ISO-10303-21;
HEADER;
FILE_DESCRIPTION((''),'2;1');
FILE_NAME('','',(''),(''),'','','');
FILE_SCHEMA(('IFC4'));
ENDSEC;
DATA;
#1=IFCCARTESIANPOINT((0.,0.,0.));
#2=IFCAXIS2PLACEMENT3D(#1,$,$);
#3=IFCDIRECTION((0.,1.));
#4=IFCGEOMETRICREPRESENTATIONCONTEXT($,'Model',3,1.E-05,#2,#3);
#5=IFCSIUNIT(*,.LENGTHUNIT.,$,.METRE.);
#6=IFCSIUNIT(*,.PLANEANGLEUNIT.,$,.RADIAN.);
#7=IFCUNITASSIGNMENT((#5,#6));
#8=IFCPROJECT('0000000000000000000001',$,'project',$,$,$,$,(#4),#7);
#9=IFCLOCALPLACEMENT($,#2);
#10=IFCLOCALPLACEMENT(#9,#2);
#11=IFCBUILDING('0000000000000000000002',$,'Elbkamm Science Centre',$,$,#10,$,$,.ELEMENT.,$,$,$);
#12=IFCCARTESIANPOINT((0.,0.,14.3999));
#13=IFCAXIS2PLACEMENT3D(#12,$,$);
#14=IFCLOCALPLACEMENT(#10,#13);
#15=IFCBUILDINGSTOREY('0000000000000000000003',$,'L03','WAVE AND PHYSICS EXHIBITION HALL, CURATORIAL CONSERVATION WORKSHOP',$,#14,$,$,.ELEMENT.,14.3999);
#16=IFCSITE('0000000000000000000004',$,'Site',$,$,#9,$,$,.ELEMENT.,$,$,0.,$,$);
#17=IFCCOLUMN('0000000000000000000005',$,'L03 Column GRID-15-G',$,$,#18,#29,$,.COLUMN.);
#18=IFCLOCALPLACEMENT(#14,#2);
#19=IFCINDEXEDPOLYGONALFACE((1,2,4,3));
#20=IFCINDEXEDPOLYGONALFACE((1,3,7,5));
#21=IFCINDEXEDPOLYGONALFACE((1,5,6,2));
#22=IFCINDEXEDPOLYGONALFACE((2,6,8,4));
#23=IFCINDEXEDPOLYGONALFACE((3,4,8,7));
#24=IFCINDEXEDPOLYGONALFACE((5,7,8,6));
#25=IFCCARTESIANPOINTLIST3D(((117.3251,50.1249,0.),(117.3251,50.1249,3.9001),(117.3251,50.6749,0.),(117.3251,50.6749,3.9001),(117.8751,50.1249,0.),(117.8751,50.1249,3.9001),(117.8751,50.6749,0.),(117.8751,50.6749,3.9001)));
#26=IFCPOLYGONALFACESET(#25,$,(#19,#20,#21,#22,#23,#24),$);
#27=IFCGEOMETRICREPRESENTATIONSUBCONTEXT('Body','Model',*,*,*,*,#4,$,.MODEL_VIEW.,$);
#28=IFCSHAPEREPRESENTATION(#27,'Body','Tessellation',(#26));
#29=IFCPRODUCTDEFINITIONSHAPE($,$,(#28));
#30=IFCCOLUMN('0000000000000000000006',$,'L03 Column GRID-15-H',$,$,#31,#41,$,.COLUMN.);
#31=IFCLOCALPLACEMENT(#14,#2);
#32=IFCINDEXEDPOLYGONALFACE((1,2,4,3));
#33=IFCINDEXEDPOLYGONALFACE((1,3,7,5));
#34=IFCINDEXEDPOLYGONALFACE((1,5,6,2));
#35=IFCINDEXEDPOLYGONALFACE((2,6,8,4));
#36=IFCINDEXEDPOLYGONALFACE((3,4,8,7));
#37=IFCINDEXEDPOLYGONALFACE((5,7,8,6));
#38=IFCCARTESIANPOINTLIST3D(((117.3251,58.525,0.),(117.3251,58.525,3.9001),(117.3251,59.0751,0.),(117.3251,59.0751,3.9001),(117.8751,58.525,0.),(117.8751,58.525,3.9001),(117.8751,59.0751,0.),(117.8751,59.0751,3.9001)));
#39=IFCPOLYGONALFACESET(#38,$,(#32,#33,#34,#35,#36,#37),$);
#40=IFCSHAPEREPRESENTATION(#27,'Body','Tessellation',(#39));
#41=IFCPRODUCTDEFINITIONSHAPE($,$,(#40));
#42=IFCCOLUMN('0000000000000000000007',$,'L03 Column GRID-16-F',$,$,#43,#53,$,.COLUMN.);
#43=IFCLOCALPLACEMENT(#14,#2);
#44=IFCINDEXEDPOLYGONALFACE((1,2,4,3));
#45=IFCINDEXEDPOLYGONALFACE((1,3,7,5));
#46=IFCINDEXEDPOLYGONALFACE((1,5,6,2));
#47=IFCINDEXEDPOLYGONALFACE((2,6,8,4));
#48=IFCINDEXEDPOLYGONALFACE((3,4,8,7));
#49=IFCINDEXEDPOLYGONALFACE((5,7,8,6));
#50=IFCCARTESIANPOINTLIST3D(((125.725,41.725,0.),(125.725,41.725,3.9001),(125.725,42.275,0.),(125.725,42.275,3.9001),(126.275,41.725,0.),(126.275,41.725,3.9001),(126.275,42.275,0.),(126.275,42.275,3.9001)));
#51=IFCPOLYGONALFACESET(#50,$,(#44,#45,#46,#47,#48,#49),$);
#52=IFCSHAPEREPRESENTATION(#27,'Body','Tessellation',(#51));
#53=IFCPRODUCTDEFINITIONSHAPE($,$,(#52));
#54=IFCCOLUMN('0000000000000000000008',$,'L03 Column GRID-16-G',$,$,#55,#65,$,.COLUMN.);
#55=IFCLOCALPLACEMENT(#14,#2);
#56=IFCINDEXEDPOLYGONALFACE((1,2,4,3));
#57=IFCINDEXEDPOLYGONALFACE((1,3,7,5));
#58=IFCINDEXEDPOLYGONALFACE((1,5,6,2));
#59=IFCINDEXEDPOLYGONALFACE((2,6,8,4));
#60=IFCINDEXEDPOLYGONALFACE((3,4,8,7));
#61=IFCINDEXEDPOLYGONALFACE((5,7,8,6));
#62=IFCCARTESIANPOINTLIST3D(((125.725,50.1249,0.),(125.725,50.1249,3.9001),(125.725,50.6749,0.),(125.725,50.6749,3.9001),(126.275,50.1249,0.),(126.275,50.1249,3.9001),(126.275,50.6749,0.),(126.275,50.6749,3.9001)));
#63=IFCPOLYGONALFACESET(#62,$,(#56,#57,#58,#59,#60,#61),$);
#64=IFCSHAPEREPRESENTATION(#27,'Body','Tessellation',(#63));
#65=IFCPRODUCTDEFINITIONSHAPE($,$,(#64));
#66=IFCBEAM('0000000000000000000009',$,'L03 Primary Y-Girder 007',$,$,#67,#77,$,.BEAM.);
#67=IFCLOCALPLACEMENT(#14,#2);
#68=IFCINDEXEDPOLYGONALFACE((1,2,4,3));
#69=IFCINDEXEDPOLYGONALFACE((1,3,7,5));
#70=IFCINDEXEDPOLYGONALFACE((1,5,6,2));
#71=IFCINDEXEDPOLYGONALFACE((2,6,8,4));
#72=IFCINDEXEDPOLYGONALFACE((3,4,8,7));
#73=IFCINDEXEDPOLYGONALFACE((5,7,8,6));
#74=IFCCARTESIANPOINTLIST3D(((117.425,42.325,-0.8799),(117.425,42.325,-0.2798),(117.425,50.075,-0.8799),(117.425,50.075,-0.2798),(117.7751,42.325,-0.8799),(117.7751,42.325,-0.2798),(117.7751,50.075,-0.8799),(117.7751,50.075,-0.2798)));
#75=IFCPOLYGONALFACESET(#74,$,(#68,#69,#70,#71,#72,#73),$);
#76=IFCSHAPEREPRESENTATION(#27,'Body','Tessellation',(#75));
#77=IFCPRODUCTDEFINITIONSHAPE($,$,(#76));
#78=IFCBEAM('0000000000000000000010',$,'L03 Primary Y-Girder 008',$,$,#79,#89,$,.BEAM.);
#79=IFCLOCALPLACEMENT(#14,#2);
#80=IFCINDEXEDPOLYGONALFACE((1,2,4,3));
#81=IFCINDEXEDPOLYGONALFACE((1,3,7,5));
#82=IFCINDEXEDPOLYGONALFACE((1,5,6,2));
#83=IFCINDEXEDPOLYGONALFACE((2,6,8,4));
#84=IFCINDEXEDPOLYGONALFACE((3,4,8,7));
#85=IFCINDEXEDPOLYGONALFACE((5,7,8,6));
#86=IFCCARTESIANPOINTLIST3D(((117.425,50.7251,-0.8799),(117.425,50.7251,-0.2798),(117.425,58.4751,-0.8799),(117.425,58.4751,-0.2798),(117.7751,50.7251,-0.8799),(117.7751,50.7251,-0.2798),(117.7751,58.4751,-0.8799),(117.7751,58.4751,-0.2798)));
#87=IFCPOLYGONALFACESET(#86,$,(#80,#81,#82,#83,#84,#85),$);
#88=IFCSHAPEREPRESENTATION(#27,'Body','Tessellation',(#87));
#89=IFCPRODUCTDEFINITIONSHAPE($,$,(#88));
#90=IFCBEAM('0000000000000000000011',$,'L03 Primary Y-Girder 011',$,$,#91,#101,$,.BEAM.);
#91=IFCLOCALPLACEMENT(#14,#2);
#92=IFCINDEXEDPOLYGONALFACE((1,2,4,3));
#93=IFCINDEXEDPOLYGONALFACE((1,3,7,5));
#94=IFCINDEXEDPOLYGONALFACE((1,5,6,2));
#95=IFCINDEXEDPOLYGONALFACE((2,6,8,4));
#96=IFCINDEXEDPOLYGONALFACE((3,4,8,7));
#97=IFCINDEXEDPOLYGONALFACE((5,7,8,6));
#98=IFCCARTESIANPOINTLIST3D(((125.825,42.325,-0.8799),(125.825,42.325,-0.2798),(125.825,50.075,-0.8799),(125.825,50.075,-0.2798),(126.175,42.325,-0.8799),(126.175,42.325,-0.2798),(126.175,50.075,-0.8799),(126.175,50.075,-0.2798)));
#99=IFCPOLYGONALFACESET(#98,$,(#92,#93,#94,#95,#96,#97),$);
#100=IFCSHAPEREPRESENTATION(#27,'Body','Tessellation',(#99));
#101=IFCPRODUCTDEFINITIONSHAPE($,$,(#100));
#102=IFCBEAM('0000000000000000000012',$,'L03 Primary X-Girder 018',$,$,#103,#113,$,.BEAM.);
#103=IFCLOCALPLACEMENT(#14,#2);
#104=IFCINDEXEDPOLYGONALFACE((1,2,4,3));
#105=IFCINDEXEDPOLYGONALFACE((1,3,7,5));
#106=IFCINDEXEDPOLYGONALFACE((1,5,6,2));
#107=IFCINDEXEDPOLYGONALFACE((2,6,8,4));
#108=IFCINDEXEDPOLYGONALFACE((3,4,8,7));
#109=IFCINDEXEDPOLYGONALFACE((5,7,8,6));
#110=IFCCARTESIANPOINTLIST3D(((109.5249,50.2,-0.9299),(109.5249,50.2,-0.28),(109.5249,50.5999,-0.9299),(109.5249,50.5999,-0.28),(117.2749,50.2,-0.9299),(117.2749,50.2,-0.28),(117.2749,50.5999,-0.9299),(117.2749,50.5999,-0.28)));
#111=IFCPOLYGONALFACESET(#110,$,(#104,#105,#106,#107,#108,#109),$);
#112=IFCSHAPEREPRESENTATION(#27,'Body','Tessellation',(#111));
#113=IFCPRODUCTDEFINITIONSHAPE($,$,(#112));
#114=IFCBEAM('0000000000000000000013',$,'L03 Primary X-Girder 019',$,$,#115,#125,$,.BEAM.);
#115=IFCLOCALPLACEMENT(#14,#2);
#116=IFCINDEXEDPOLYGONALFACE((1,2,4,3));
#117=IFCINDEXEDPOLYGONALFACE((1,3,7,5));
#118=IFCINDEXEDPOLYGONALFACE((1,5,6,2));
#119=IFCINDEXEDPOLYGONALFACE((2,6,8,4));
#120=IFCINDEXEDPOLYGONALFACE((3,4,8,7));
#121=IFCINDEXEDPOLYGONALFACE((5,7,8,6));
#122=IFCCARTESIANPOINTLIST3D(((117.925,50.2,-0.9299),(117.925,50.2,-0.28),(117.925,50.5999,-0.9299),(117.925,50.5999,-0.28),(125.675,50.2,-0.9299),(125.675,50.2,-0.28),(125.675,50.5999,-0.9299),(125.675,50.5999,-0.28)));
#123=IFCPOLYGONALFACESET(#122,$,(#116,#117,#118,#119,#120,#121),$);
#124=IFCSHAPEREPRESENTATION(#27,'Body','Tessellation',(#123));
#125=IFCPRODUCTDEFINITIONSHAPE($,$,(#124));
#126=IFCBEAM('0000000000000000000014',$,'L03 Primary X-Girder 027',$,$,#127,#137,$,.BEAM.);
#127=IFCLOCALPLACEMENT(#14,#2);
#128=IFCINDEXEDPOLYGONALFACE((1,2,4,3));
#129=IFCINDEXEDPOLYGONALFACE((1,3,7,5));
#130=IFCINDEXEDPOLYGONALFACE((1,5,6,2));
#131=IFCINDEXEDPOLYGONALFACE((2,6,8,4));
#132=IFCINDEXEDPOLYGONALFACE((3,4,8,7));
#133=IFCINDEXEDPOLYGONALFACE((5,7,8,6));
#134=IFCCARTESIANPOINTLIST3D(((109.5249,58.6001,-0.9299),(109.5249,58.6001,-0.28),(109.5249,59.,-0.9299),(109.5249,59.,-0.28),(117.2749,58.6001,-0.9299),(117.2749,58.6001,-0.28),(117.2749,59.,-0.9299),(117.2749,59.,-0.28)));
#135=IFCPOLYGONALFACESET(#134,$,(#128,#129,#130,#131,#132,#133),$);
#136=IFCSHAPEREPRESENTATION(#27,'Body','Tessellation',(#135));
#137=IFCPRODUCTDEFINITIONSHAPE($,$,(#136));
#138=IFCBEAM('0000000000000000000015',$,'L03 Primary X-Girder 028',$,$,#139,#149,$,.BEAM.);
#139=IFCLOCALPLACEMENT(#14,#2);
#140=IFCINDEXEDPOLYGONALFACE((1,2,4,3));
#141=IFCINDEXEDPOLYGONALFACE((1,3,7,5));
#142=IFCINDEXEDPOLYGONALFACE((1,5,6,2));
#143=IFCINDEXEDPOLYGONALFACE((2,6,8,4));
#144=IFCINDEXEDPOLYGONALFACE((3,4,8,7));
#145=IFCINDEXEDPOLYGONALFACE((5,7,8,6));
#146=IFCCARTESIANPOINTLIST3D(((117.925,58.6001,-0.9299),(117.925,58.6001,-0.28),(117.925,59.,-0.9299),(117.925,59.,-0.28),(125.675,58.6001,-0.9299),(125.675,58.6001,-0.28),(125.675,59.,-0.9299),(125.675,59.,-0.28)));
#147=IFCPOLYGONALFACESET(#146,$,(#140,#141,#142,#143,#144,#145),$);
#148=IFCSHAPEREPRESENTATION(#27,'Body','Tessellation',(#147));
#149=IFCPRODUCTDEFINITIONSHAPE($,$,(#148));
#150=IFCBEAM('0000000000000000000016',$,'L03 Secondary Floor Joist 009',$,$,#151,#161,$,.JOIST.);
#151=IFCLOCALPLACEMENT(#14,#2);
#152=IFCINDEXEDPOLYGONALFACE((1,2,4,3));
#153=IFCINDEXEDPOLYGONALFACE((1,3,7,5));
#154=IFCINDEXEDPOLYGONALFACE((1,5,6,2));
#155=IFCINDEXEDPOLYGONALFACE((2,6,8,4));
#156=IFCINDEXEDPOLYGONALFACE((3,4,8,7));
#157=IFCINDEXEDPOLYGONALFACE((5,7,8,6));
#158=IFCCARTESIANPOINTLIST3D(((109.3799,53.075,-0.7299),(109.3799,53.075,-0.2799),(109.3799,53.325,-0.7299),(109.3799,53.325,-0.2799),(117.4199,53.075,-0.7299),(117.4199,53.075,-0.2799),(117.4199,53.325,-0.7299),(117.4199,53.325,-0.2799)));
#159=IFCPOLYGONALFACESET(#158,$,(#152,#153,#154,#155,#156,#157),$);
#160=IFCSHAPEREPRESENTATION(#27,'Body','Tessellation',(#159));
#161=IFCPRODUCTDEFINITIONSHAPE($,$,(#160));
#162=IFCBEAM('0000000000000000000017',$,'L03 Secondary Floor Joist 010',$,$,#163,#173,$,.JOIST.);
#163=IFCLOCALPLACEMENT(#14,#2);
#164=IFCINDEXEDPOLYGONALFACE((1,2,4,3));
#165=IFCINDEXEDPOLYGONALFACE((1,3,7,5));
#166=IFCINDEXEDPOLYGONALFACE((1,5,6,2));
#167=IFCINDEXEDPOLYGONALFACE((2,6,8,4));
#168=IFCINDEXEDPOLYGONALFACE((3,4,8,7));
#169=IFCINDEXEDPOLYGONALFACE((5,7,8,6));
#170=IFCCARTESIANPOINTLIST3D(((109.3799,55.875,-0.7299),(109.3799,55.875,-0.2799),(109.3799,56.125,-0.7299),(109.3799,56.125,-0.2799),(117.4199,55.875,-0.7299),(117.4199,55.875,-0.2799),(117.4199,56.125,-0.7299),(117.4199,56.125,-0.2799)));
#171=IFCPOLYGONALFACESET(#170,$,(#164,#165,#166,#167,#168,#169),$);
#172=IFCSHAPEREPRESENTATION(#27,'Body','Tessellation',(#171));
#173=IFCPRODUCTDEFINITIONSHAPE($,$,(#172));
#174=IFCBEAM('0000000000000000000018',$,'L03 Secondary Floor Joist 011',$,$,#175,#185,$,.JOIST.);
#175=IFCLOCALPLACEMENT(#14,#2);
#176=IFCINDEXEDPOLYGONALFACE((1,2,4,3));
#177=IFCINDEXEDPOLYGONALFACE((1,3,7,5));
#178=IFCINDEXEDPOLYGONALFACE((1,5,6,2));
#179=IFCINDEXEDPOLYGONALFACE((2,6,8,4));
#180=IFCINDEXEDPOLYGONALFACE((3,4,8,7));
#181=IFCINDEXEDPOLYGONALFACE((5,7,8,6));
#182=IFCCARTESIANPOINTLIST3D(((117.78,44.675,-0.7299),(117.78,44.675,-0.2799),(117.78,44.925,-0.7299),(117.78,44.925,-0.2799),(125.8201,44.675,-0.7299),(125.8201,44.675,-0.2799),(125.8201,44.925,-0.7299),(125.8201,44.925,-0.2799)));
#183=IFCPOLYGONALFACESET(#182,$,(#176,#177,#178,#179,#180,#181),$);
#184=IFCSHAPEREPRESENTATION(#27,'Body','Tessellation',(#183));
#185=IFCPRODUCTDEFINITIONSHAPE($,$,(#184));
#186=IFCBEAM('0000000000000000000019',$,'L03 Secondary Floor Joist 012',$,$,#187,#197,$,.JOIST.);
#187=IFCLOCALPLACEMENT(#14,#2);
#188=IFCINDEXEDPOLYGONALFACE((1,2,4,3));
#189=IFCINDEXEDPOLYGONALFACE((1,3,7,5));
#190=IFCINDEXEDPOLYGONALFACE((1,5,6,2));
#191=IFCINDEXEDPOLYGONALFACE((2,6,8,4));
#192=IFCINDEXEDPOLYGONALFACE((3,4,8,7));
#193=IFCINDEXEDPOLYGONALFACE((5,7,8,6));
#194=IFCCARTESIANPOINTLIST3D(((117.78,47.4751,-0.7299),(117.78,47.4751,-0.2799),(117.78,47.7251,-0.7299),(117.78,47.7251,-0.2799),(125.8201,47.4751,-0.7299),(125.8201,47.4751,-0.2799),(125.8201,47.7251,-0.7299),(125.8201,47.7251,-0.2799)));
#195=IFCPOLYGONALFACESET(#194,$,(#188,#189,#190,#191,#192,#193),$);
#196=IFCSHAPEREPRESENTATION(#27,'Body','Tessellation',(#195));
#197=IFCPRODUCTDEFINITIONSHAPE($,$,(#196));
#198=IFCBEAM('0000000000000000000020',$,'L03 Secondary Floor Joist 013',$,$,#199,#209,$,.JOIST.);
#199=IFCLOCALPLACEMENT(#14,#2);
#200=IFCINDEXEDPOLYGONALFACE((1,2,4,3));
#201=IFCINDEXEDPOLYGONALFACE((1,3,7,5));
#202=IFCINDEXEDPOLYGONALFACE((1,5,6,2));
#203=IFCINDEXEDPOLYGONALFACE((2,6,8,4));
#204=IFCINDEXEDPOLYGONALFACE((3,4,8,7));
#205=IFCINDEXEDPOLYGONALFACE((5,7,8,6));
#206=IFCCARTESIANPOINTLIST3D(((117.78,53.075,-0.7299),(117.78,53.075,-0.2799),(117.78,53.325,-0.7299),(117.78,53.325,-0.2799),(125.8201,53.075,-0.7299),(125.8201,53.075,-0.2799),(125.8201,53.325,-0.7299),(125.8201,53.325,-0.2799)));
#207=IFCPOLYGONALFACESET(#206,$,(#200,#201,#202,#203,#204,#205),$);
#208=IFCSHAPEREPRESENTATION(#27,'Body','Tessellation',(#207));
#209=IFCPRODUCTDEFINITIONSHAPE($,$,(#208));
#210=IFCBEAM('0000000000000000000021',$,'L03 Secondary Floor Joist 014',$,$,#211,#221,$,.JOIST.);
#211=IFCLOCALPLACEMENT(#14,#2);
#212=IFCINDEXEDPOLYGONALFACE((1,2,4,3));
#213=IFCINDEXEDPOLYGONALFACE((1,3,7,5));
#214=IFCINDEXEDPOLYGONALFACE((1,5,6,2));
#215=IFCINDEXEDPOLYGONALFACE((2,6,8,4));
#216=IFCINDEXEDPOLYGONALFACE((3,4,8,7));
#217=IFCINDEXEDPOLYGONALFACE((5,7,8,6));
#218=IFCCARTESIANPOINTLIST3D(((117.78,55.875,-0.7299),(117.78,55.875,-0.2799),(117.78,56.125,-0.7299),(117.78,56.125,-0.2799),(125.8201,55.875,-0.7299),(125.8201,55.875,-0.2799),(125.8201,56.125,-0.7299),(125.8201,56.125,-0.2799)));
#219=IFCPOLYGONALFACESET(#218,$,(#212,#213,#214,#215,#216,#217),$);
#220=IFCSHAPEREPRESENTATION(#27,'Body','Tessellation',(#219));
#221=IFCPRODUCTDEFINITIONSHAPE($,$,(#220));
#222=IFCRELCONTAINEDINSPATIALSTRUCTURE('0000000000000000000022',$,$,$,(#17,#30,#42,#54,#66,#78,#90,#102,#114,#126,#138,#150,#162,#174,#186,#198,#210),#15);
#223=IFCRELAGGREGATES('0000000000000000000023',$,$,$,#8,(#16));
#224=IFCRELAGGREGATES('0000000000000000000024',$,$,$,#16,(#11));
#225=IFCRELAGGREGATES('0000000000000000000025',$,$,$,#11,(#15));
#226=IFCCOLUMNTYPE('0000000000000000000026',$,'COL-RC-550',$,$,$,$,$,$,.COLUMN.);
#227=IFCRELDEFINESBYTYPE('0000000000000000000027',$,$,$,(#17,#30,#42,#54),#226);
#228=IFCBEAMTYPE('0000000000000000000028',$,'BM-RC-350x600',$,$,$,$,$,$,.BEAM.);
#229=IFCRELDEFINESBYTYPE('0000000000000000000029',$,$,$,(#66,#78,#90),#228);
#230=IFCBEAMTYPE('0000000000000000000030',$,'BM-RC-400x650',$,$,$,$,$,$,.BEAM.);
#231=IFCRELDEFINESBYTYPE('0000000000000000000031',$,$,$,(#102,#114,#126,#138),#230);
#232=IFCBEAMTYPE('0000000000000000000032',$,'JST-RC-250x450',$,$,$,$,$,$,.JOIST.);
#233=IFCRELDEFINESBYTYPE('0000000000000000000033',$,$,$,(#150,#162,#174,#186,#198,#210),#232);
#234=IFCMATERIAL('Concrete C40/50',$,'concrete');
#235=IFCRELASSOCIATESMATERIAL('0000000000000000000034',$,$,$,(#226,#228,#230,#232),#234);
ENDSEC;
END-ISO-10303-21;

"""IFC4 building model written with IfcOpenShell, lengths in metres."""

from ifc_helpers import new_model, si_unit, direction, frame, origin, origin_2d, place, context, subcontext, project, spatial, rectangle, extrude, material, material_profile, profile_set, type_object, element, save


model = new_model("IFC4")

# Units and contexts
model_context = context("Model", 3, precision=1e-05, world=origin(), true_north=direction((0.0, 1.0)))
body_context = subcontext(model_context, "Body", "Model", "MODEL_VIEW")
ifc_project = project(units=[si_unit("LENGTHUNIT", "METRE"), si_unit("PLANEANGLEUNIT", "RADIAN")], contexts=[model_context])

# Site, building, storey
site_placement = place(None, origin())
site = spatial("IfcSite", under=ifc_project, at=site_placement, Name="Site", CompositionType="ELEMENT", RefElevation=0.0)
building_placement = place(site_placement, origin())
building = spatial("IfcBuilding", under=site, at=building_placement, Name="Elbkamm Science Centre", CompositionType="ELEMENT")
storey_placement = place(building_placement, frame((0.0, 0.0, 14.3999)))
storey = spatial("IfcBuildingStorey", under=building, at=storey_placement, Name="L03", Description="WAVE AND PHYSICS EXHIBITION HALL, CURATORIAL CONSERVATION WORKSHOP", CompositionType="ELEMENT", Elevation=14.3999)

# Columns
ifc_material_1 = material(Name="Concrete C40/50", Category="concrete")
ifc_material_profile_1 = material_profile(ifc_material_1, rectangle(XDim=0.55, YDim=0.55, at=origin_2d()), Name="RC 550x550")
ifc_profile_set_1 = profile_set([ifc_material_profile_1], Name="Concrete C40/50")
column_type = type_object("IfcColumnType", Name="COL-RC-550", PredefinedType="COLUMN", material=ifc_profile_set_1)
for number, where, z_axis, x_axis, name in (
    (1, (117.6001, 50.3999, 0.0), (0.0, 0.0, 1.0), (1.0, 0.0, 0.0), "L03 Column GRID-15-G"),
    (2, (117.6001, 58.8, 0.0), (0.0, 0.0, 1.0), (1.0, 0.0, 0.0), "L03 Column GRID-15-H"),
    (3, (126.0, 42.0, 0.0), (0.0, 0.0, 1.0), (1.0, 0.0, 0.0), "L03 Column GRID-16-F"),
    (4, (126.0, 50.3999, 0.0), (0.0, 0.0, 1.0), (1.0, 0.0, 0.0), "L03 Column GRID-16-G"),
):
    element("IfcColumn", number, at=place(storey_placement, frame(where, z_axis=z_axis, x_axis=x_axis)), inside=storey, type_object=column_type, Name=name, PredefinedType="COLUMN", context=body_context, shape_type="SweptSolid", body=[
        extrude(rectangle(XDim=0.55, YDim=0.55, at=origin_2d()), origin(), (0.0, 0.0, 1.0), 3.9001),
    ])

# Beams
ifc_material_profile_2 = material_profile(ifc_material_1, rectangle(XDim=0.3501, YDim=0.6001, at=origin_2d()), Name="RC 350x600")
ifc_profile_set_2 = profile_set([ifc_material_profile_2], Name="Concrete C40/50")
beam_type_1 = type_object("IfcBeamType", Name="BM-RC-350x600", PredefinedType="BEAM", material=ifc_profile_set_2)
for number, where, z_axis, x_axis, name in (
    (5, (117.6001, 42.325, -0.5798), (0.0, 1.0, 0.0), (-1.0, 0.0, 0.0), "L03 Primary Y-Girder 007"),
    (6, (117.6001, 50.7251, -0.5798), (0.0, 1.0, 0.0), (-1.0, 0.0, 0.0), "L03 Primary Y-Girder 008"),
    (7, (126.0, 42.325, -0.5798), (0.0, 1.0, 0.0), (-1.0, 0.0, 0.0), "L03 Primary Y-Girder 011"),
):
    element("IfcBeam", number, at=place(storey_placement, frame(where, z_axis=z_axis, x_axis=x_axis)), inside=storey, type_object=beam_type_1, Name=name, PredefinedType="BEAM", context=body_context, shape_type="SweptSolid", body=[
        extrude(rectangle(XDim=0.3501, YDim=0.6001, at=origin_2d()), origin(), (0.0, 0.0, 1.0), 7.75),
    ])
ifc_material_profile_3 = material_profile(ifc_material_1, rectangle(XDim=0.3999, YDim=0.6499, at=origin_2d()), Name="RC 400x650")
ifc_profile_set_3 = profile_set([ifc_material_profile_3], Name="Concrete C40/50")
beam_type_2 = type_object("IfcBeamType", Name="BM-RC-400x650", PredefinedType="BEAM", material=ifc_profile_set_3)
for number, where, z_axis, x_axis, name in (
    (8, (109.5249, 50.3999, -0.605), (1.0, 0.0, 0.0), (0.0, 1.0, 0.0), "L03 Primary X-Girder 018"),
    (9, (117.925, 50.3999, -0.605), (1.0, 0.0, 0.0), (0.0, 1.0, 0.0), "L03 Primary X-Girder 019"),
    (10, (109.5249, 58.8, -0.605), (1.0, 0.0, 0.0), (0.0, 1.0, 0.0), "L03 Primary X-Girder 027"),
    (11, (117.925, 58.8, -0.605), (1.0, 0.0, 0.0), (0.0, 1.0, 0.0), "L03 Primary X-Girder 028"),
):
    element("IfcBeam", number, at=place(storey_placement, frame(where, z_axis=z_axis, x_axis=x_axis)), inside=storey, type_object=beam_type_2, Name=name, PredefinedType="BEAM", context=body_context, shape_type="SweptSolid", body=[
        extrude(rectangle(XDim=0.3999, YDim=0.6499, at=origin_2d()), origin(), (0.0, 0.0, 1.0), 7.75),
    ])
ifc_material_profile_4 = material_profile(ifc_material_1, rectangle(XDim=0.25, YDim=0.45, at=origin_2d()), Name="RC 250x450")
ifc_profile_set_4 = profile_set([ifc_material_profile_4], Name="Concrete C40/50")
beam_type_3 = type_object("IfcBeamType", Name="JST-RC-250x450", PredefinedType="JOIST", material=ifc_profile_set_4)
for number, where, z_axis, x_axis, name in (
    (12, (109.3799, 53.2, -0.5049), (1.0, 0.0, 0.0), (0.0, 1.0, 0.0), "L03 Secondary Floor Joist 009"),
    (13, (109.3799, 56.0, -0.5049), (1.0, 0.0, 0.0), (0.0, 1.0, 0.0), "L03 Secondary Floor Joist 010"),
    (14, (117.78, 44.8, -0.5049), (1.0, 0.0, 0.0), (0.0, 1.0, 0.0), "L03 Secondary Floor Joist 011"),
    (15, (117.78, 47.6001, -0.5049), (1.0, 0.0, 0.0), (0.0, 1.0, 0.0), "L03 Secondary Floor Joist 012"),
    (16, (117.78, 53.2, -0.5049), (1.0, 0.0, 0.0), (0.0, 1.0, 0.0), "L03 Secondary Floor Joist 013"),
    (17, (117.78, 56.0, -0.5049), (1.0, 0.0, 0.0), (0.0, 1.0, 0.0), "L03 Secondary Floor Joist 014"),
):
    element("IfcBeam", number, at=place(storey_placement, frame(where, z_axis=z_axis, x_axis=x_axis)), inside=storey, type_object=beam_type_3, Name=name, PredefinedType="JOIST", context=body_context, shape_type="SweptSolid", body=[
        extrude(rectangle(XDim=0.25, YDim=0.45, at=origin_2d()), origin(), (0.0, 0.0, 1.0), 8.04),
    ])

save(model, "model.ifc")
